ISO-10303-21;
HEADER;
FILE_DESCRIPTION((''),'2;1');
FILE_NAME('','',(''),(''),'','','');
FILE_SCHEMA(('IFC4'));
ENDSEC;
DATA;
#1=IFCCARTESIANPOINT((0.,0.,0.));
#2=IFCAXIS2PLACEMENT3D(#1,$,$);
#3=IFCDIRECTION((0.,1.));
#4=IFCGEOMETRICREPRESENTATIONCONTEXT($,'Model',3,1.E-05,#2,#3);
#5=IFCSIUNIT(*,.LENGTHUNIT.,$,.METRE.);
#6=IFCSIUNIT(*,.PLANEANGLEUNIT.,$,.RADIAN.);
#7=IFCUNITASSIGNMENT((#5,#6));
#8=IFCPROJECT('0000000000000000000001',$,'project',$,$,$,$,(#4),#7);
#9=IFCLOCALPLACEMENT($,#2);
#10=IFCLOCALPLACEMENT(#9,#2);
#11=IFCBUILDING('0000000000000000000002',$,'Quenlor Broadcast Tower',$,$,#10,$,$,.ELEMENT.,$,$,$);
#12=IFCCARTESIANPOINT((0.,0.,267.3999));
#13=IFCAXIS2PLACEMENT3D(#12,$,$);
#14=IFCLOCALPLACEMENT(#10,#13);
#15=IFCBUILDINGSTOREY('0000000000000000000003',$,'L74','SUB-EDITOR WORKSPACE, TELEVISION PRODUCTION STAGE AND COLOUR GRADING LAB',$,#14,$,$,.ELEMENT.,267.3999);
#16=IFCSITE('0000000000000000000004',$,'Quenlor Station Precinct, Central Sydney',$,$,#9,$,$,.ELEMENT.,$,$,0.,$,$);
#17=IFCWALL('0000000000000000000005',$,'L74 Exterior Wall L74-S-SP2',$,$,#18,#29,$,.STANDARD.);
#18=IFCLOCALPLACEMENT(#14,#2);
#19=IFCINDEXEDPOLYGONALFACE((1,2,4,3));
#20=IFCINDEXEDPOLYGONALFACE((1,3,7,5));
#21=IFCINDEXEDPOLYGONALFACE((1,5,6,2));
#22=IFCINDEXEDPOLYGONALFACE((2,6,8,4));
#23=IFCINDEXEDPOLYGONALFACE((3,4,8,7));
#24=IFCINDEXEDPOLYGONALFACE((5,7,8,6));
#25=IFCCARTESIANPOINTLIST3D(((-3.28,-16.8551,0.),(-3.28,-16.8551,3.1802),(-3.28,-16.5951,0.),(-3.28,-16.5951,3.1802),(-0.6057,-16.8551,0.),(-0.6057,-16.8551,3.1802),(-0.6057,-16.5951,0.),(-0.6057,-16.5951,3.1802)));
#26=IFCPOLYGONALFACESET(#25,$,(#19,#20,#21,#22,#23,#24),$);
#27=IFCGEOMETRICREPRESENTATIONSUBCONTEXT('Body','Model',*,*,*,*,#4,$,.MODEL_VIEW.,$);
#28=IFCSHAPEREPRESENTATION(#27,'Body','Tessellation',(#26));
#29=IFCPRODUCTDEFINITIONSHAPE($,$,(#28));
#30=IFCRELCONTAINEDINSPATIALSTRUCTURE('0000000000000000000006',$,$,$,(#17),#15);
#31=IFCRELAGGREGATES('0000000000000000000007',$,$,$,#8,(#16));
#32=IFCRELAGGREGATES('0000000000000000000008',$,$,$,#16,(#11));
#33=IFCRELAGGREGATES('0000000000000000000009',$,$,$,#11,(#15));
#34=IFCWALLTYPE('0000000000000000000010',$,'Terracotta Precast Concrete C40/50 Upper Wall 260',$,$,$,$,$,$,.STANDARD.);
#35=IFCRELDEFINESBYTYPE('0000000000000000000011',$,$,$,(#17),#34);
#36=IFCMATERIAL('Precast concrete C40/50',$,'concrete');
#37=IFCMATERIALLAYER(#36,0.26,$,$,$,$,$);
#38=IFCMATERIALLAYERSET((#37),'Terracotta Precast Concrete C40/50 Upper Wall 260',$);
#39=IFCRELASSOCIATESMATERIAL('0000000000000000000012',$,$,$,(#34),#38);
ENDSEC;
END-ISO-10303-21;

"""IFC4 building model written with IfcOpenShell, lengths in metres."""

from ifc_helpers import new_model, si_unit, direction, frame, frame_2d, origin, place, context, subcontext, project, spatial, rectangle, extrude, material, layer, layer_set, type_object, element, save


model = new_model("IFC4")

# Units and contexts
model_context = context("Model", 3, precision=1e-05, world=origin(), true_north=direction((0.0, 1.0)))
body_context = subcontext(model_context, "Body", "Model", "MODEL_VIEW")
ifc_project = project(units=[si_unit("LENGTHUNIT", "METRE"), si_unit("PLANEANGLEUNIT", "RADIAN")], contexts=[model_context])

# Site, building, storey
site_placement = place(None, origin())
site = spatial("IfcSite", under=ifc_project, at=site_placement, Name="Quenlor Station Precinct, Central Sydney", CompositionType="ELEMENT", RefElevation=0.0)
building_placement = place(site_placement, origin())
building = spatial("IfcBuilding", under=site, at=building_placement, Name="Quenlor Broadcast Tower", CompositionType="ELEMENT")
storey_placement = place(building_placement, frame((0.0, 0.0, 267.3999)))
storey = spatial("IfcBuildingStorey", under=building, at=storey_placement, Name="L74", Description="SUB-EDITOR WORKSPACE, TELEVISION PRODUCTION STAGE AND COLOUR GRADING LAB", CompositionType="ELEMENT", Elevation=267.3999)

# Wall
ifc_material_1 = material(Name="Precast concrete C40/50", Category="concrete")
ifc_layer_1 = layer(ifc_material_1, 0.26)
ifc_layer_set_1 = layer_set([ifc_layer_1], Name="Terracotta Precast Concrete C40/50 Upper Wall 260")
wall_type_1 = type_object("IfcWallType", Name="Terracotta Precast Concrete C40/50 Upper Wall 260", PredefinedType="STANDARD", material=ifc_layer_set_1)
wall_1_placement = place(storey_placement, frame((-0.6057, -16.7251, 0.0), z_axis=(0.0, 0.0, 1.0), x_axis=(-1.0, 0.0, 0.0)))
element("IfcWall", 1, at=wall_1_placement, inside=storey, type_object=wall_type_1, Name="L74 Exterior Wall L74-S-SP2", PredefinedType="STANDARD", context=body_context, shape_type="SweptSolid", body=[
    extrude(rectangle(XDim=2.6743, YDim=0.26, at=frame_2d((1.3372, 0.0))), origin(), (0.0, 0.0, 1.0), 3.1802),
])

save(model, "model.ifc")
